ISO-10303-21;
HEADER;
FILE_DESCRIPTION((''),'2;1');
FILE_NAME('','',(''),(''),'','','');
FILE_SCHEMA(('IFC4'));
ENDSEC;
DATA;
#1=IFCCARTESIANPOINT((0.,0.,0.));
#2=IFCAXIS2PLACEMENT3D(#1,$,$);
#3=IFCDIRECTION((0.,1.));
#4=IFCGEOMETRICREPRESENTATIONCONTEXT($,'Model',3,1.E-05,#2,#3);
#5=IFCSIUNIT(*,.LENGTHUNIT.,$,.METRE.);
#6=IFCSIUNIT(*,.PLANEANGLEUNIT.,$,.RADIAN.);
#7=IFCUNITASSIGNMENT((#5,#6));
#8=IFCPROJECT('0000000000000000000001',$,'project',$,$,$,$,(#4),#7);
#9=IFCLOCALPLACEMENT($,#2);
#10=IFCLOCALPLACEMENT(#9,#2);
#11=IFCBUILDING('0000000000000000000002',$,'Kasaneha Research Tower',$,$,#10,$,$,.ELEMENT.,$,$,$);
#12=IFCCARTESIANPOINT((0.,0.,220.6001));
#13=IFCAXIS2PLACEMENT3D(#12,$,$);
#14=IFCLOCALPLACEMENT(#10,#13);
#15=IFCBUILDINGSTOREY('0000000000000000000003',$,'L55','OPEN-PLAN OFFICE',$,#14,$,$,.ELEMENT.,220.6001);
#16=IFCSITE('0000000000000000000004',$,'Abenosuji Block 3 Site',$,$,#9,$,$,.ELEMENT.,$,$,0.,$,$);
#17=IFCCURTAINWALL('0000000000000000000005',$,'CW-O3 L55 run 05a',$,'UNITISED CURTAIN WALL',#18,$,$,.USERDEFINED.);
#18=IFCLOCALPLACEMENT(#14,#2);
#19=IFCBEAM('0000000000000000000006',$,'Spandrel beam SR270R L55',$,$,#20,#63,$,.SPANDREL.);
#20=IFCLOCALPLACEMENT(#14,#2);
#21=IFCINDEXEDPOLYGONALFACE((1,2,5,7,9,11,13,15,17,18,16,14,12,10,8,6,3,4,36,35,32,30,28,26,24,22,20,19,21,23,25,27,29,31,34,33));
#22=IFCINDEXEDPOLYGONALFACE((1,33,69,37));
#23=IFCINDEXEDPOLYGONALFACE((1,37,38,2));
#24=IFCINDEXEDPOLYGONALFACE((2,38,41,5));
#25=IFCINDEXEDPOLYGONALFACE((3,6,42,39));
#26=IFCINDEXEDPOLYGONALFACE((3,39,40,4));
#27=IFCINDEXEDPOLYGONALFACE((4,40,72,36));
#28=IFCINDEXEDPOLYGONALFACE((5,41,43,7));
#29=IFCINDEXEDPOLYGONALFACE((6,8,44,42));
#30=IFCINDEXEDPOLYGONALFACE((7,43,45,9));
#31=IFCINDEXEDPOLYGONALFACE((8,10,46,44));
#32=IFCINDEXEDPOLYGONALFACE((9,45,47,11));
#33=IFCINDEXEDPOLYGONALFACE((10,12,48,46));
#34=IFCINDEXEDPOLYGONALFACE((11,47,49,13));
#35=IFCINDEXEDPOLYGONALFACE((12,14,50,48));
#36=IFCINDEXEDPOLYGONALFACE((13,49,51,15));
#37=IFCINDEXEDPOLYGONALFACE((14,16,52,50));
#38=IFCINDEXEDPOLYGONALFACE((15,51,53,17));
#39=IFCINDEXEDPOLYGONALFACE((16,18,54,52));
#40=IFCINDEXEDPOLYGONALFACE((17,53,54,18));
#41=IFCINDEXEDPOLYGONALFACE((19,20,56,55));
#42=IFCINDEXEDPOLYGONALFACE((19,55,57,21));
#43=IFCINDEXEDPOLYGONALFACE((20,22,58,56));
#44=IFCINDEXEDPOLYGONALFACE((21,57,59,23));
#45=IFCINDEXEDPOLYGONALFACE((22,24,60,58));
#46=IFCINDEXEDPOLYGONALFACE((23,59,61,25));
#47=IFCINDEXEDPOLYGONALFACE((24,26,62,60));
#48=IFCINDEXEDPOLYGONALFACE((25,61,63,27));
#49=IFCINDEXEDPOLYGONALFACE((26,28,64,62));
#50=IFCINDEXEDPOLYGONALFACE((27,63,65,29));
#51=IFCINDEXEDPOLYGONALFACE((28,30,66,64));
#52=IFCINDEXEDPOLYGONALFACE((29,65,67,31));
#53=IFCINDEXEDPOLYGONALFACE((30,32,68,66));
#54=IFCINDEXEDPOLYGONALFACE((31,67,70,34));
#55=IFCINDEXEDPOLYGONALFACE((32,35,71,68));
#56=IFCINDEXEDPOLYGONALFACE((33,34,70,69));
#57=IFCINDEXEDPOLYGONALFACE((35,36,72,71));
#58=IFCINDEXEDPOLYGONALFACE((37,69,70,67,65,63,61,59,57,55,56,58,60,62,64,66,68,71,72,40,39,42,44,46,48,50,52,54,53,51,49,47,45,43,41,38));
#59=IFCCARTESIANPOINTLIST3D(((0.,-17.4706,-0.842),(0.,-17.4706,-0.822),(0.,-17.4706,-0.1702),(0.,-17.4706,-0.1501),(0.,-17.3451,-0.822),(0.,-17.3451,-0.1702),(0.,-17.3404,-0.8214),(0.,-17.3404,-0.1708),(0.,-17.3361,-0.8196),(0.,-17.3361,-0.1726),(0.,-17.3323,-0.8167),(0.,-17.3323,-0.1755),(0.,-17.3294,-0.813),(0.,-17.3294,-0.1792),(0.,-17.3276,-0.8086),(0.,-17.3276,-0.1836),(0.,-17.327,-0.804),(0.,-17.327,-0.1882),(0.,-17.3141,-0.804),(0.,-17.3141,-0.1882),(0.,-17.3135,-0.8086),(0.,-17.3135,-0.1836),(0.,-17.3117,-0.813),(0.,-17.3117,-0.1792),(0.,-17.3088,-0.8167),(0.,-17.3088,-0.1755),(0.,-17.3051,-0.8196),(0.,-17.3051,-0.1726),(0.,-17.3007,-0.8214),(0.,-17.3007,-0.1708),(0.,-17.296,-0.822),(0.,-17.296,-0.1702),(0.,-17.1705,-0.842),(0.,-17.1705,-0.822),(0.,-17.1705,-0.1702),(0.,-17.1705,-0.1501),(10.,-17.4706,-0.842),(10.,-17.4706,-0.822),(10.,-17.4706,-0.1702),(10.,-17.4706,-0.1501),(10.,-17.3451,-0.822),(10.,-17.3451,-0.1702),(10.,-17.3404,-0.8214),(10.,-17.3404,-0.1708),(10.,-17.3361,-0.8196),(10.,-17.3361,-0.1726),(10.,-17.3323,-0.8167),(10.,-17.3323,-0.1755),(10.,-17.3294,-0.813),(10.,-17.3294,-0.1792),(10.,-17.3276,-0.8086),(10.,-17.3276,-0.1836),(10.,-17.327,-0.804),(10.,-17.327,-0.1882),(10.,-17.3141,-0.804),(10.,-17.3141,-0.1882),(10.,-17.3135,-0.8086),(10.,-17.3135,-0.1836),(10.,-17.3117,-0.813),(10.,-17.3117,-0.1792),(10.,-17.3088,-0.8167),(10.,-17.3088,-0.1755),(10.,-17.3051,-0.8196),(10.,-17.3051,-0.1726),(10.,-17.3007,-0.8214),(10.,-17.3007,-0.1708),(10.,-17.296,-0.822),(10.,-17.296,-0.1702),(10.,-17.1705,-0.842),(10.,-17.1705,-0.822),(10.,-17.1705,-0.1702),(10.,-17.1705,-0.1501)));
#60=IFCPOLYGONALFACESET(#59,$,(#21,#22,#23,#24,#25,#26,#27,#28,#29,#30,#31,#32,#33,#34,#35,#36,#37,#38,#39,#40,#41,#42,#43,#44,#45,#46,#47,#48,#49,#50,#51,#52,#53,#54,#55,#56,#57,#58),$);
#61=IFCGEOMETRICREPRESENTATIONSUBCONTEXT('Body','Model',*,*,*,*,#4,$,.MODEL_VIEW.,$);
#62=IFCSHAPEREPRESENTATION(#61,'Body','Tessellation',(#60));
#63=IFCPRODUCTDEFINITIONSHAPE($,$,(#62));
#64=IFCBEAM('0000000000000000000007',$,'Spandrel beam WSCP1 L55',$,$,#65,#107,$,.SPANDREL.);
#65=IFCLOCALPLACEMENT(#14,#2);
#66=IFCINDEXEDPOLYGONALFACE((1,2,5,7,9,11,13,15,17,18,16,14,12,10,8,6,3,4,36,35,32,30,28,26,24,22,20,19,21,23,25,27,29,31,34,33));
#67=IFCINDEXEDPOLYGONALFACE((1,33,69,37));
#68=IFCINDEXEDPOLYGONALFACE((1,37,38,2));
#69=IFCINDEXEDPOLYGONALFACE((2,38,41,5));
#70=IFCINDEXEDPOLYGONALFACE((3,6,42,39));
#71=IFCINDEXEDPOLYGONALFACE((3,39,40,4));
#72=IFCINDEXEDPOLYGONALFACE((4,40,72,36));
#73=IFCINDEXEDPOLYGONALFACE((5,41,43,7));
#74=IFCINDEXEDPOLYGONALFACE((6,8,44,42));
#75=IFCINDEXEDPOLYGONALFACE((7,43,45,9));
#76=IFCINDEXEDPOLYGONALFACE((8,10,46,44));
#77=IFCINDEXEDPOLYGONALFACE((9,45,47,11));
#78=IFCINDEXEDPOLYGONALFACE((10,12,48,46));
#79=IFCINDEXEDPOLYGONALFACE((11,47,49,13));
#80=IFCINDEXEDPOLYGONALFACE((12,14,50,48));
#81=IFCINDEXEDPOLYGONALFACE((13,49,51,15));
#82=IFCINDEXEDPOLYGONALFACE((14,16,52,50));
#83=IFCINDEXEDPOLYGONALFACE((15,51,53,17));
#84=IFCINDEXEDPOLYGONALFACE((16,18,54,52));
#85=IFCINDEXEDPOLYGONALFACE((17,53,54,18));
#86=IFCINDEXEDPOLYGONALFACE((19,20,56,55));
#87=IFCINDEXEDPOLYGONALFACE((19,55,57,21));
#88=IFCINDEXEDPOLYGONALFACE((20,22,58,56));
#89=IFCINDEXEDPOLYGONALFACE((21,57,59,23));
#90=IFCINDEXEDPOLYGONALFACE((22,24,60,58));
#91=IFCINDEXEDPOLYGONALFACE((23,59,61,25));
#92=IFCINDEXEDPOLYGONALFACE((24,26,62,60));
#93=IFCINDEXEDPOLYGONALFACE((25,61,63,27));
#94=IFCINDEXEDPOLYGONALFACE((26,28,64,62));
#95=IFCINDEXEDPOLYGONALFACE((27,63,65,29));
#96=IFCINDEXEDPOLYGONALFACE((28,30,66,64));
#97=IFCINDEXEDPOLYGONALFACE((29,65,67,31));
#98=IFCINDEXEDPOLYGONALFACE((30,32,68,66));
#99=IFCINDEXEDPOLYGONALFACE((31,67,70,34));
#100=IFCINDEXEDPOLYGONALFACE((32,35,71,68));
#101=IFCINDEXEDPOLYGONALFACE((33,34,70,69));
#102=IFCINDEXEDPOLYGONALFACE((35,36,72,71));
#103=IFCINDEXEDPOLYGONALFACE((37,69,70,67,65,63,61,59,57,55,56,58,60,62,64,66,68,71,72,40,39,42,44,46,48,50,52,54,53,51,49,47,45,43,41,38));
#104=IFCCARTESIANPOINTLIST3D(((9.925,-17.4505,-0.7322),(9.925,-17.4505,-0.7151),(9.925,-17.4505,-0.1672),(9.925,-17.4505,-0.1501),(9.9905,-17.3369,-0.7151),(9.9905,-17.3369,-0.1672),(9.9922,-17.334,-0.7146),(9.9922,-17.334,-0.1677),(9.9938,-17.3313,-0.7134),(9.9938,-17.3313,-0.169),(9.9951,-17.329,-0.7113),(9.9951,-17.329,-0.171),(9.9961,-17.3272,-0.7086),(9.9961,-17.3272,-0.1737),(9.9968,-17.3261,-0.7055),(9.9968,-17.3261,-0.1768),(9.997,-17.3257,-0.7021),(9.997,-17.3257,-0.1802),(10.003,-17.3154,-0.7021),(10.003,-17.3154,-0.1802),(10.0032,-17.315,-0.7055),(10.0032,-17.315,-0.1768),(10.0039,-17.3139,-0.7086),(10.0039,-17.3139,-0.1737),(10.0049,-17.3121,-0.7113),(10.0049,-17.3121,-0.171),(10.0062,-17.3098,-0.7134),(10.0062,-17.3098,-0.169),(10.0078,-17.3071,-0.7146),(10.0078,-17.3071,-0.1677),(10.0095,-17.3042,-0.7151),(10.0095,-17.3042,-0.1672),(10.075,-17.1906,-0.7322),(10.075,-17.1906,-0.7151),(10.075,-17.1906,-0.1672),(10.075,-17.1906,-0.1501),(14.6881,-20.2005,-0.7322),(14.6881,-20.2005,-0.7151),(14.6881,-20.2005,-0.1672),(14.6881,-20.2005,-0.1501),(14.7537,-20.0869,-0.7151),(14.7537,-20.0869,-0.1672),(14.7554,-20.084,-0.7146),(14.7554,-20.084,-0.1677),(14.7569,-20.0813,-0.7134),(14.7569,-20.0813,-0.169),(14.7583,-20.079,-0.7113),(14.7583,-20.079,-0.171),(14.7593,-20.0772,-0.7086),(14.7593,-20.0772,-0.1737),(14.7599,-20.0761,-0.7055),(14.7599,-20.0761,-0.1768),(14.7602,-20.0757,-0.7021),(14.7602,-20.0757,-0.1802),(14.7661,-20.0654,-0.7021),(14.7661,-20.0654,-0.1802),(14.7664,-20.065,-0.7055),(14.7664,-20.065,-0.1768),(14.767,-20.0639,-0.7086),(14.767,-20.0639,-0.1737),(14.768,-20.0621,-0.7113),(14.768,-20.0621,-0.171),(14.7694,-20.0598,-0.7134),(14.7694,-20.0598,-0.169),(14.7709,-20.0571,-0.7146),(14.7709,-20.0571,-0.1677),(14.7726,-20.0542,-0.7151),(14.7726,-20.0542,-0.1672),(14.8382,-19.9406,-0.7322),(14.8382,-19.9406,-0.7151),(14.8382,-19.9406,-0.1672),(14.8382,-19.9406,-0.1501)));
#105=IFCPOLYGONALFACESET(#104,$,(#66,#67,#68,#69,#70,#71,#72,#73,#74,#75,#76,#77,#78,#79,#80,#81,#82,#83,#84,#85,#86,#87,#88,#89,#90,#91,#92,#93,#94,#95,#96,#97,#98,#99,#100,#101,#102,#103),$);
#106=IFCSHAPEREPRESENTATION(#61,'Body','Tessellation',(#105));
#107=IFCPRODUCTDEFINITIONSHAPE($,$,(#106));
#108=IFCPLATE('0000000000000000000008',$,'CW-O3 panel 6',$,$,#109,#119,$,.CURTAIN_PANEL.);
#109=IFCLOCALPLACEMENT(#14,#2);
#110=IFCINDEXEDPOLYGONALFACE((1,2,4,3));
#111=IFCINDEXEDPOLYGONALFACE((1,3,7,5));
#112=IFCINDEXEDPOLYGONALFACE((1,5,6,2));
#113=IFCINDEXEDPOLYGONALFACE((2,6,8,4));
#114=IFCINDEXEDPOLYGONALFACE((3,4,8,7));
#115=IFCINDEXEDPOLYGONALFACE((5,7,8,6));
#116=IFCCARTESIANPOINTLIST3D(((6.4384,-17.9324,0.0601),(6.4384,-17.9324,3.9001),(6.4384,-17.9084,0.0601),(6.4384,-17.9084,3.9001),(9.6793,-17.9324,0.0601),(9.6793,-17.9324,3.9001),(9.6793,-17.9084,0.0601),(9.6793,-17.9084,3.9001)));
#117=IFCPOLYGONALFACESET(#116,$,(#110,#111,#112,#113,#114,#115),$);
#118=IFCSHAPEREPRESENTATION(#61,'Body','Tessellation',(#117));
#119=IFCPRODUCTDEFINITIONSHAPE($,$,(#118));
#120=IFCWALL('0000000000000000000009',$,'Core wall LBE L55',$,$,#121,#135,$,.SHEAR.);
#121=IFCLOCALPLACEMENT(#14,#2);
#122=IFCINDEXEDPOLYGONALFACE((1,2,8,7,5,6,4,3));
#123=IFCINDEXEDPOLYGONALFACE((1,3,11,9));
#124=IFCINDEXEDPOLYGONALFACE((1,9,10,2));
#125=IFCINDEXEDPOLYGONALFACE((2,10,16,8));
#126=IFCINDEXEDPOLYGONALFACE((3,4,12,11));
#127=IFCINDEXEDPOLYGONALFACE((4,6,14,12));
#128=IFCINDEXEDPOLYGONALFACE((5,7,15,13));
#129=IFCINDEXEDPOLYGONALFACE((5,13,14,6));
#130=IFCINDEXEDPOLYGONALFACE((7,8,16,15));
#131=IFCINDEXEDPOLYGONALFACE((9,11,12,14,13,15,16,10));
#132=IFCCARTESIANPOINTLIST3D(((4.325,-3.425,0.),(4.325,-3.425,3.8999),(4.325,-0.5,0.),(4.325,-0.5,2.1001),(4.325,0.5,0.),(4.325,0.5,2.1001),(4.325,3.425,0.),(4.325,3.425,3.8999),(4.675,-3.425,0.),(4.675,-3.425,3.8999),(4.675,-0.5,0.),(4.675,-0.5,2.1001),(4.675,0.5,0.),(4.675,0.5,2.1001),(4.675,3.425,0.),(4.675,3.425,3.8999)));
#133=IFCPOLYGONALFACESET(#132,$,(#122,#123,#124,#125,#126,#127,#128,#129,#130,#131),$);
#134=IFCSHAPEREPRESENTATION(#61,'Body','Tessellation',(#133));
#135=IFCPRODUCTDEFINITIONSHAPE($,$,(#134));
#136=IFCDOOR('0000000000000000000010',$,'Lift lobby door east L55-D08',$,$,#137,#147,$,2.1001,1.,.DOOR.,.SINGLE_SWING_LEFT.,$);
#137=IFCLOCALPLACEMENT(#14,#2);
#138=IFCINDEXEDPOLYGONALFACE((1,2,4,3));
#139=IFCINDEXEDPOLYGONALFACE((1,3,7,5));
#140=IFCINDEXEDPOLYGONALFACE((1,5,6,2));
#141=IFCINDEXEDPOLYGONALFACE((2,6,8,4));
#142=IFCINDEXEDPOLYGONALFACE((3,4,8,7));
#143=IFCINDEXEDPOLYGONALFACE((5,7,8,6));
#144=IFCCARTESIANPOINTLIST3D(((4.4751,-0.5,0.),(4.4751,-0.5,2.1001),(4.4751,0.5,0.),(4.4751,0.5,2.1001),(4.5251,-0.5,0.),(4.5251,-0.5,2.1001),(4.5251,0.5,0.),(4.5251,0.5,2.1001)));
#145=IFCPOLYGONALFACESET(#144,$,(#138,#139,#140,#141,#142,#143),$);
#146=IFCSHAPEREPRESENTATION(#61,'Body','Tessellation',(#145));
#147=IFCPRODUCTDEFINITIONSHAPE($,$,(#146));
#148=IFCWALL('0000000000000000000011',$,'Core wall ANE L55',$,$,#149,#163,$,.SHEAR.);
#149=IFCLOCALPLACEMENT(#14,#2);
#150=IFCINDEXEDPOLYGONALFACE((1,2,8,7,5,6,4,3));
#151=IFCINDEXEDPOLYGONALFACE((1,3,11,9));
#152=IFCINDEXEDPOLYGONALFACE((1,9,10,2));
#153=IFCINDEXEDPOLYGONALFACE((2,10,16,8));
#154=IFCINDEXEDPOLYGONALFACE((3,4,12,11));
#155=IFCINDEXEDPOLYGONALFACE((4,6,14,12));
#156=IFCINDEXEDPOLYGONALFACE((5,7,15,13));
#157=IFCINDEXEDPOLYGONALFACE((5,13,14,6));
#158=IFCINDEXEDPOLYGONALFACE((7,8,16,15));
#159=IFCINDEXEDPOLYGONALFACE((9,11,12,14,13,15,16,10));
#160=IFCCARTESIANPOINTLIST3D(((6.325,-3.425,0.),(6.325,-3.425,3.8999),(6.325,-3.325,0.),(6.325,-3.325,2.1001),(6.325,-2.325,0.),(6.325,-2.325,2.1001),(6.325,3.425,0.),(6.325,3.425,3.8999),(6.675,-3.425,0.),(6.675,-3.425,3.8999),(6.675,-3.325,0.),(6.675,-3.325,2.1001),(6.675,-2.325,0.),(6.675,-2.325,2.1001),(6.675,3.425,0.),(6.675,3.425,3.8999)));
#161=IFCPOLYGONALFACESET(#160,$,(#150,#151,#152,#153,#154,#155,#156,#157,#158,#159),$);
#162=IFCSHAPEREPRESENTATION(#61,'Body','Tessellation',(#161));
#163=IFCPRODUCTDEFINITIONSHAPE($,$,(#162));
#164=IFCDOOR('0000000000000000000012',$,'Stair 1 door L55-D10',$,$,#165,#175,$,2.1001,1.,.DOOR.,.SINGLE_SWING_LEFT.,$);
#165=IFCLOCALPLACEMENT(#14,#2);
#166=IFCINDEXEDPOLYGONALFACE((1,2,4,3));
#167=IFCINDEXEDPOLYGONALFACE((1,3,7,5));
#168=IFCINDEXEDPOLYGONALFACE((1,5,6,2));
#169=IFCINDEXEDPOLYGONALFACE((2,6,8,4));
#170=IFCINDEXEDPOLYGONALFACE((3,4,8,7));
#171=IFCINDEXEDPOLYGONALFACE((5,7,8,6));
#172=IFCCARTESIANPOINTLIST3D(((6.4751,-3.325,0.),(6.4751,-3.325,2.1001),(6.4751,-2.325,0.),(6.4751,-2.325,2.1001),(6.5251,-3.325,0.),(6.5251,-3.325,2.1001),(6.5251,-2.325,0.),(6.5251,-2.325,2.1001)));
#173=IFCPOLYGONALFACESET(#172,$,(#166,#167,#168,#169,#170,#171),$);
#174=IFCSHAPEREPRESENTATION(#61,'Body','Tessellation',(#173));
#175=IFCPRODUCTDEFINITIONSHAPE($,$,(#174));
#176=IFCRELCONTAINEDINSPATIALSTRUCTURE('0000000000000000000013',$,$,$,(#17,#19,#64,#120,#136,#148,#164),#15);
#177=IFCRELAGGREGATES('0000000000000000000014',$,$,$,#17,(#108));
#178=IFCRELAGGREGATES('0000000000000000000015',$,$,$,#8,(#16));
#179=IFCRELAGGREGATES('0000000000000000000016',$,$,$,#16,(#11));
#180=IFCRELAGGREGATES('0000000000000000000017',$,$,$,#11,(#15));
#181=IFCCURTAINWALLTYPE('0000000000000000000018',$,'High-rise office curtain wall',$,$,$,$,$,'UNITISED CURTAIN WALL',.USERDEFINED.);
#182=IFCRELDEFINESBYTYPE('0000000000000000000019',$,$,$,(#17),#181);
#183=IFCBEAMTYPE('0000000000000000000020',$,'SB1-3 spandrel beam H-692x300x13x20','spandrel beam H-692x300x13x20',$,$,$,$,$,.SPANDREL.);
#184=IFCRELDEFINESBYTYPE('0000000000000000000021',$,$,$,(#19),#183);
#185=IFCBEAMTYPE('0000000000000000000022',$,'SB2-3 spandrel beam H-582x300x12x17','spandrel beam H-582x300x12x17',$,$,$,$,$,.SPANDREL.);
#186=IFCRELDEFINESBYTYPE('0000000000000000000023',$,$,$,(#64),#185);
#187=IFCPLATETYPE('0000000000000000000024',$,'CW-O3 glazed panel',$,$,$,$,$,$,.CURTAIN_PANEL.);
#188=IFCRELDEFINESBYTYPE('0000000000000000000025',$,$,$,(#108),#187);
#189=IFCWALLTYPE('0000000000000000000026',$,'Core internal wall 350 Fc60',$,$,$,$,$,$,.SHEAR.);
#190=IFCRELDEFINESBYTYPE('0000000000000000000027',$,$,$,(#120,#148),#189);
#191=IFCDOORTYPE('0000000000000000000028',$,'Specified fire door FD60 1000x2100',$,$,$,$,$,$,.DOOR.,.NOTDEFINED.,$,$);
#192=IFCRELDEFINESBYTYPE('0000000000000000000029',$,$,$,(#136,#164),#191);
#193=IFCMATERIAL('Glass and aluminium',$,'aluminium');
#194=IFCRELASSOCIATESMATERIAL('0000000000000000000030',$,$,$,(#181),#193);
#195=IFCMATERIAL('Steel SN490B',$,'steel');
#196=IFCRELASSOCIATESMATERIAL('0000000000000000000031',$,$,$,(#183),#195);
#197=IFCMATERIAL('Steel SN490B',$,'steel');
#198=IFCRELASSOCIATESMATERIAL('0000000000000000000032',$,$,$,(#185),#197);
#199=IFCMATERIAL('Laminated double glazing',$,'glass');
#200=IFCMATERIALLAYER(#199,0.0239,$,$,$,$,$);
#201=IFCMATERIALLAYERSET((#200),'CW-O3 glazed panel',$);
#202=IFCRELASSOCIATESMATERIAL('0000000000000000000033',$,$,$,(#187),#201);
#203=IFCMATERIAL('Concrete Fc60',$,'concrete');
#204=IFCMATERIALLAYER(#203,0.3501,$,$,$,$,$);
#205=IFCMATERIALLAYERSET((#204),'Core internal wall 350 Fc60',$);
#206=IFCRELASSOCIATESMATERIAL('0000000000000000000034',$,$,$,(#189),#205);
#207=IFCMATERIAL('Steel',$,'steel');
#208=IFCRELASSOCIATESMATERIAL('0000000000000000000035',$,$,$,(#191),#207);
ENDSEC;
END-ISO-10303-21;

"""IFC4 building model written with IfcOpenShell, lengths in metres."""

from ifc_helpers import new_model, si_unit, direction, frame, frame_2d, origin, origin_2d, place, context, subcontext, project, spatial, rectangle, i_section, extrude, material, layer, layer_set, material_profile, profile_set, type_object, element, fill, aggregate, save


model = new_model("IFC4")

# Units and contexts
model_context = context("Model", 3, precision=1e-05, world=origin(), true_north=direction((0.0, 1.0)))
body_context = subcontext(model_context, "Body", "Model", "MODEL_VIEW")
ifc_project = project(units=[si_unit("LENGTHUNIT", "METRE"), si_unit("PLANEANGLEUNIT", "RADIAN")], contexts=[model_context])

# Site, building, storey
site_placement = place(None, origin())
site = spatial("IfcSite", under=ifc_project, at=site_placement, Name="Abenosuji Block 3 Site", CompositionType="ELEMENT", RefElevation=0.0)
building_placement = place(site_placement, origin())
building = spatial("IfcBuilding", under=site, at=building_placement, Name="Kasaneha Research Tower", CompositionType="ELEMENT")
storey_placement = place(building_placement, frame((0.0, 0.0, 220.6001)))
storey = spatial("IfcBuildingStorey", under=building, at=storey_placement, Name="L55", Description="OPEN-PLAN OFFICE", CompositionType="ELEMENT", Elevation=220.6001)

# Curtain wall
ifc_material_1 = material(Name="Glass and aluminium", Category="aluminium")
curtain_wall_type = type_object("IfcCurtainWallType", Name="High-rise office curtain wall", ElementType="UNITISED CURTAIN WALL", PredefinedType="USERDEFINED", material=ifc_material_1)
curtain_wall_placement = place(storey_placement, origin())
curtain_wall = element("IfcCurtainWall", 1, at=curtain_wall_placement, inside=storey, type_object=curtain_wall_type, Name="CW-O3 L55 run 05a", ObjectType="UNITISED CURTAIN WALL", PredefinedType="USERDEFINED")

# Beams
ifc_material_2 = material(Name="Steel SN490B", Category="steel")
ifc_material_profile_1 = material_profile(ifc_material_2, i_section(OverallWidth=0.3, OverallDepth=0.6919, WebThickness=0.0129, FlangeThickness=0.02, FilletRadius=0.0181, at=origin_2d()), Name="H-692x300x13x20")
ifc_profile_set_1 = profile_set([ifc_material_profile_1], Name="Steel SN490B")
beam_type_1 = type_object("IfcBeamType", Name="SB1-3 spandrel beam H-692x300x13x20", Description="spandrel beam H-692x300x13x20", PredefinedType="SPANDREL", material=ifc_profile_set_1)
beam_1_placement = place(storey_placement, frame((10.0, -17.3206, -0.4961), z_axis=(-1.0, 0.0, 0.0), x_axis=(0.0, -1.0, 0.0)))
element("IfcBeam", 2, at=beam_1_placement, inside=storey, type_object=beam_type_1, Name="Spandrel beam SR270R L55", PredefinedType="SPANDREL", context=body_context, shape_type="SweptSolid", body=[
    extrude(i_section(OverallWidth=0.3, OverallDepth=0.6919, WebThickness=0.0129, FlangeThickness=0.02, FilletRadius=0.0181, at=origin_2d()), origin(), (0.0, 0.0, 1.0), 10.0),
])
ifc_material_3 = material(Name="Steel SN490B", Category="steel")
ifc_material_profile_2 = material_profile(ifc_material_3, i_section(OverallWidth=0.3, OverallDepth=0.582, WebThickness=0.012, FlangeThickness=0.0171, FilletRadius=0.0129, at=origin_2d()), Name="H-582x300x12x17")
ifc_profile_set_2 = profile_set([ifc_material_profile_2], Name="Steel SN490B")
beam_type_2 = type_object("IfcBeamType", Name="SB2-3 spandrel beam H-582x300x12x17", Description="spandrel beam H-582x300x12x17", PredefinedType="SPANDREL", material=ifc_profile_set_2)
beam_2_placement = place(storey_placement, frame((10.0, -17.3206, -0.4412), z_axis=(0.866027, -0.499997, 0.0), x_axis=(0.499997, 0.866027, 0.0)))
element("IfcBeam", 3, at=beam_2_placement, inside=storey, type_object=beam_type_2, Name="Spandrel beam WSCP1 L55", PredefinedType="SPANDREL", context=body_context, shape_type="SweptSolid", body=[
    extrude(i_section(OverallWidth=0.3, OverallDepth=0.582, WebThickness=0.012, FlangeThickness=0.0171, FilletRadius=0.0129, at=origin_2d()), origin(), (0.0, 0.0, 1.0), 5.5),
])

# Plate
ifc_material_4 = material(Name="Laminated double glazing", Category="glass")
ifc_layer_1 = layer(ifc_material_4, 0.0239)
ifc_layer_set_1 = layer_set([ifc_layer_1], Name="CW-O3 glazed panel")
plate_type = type_object("IfcPlateType", Name="CW-O3 glazed panel", PredefinedType="CURTAIN_PANEL", material=ifc_layer_set_1)
plate_placement = place(storey_placement, frame((8.0588, -17.9204, 0.0601), z_axis=(0.0, 0.0, 1.0), x_axis=(1.0, 0.0, 0.0)))
plate = element("IfcPlate", 4, at=plate_placement, type_object=plate_type, Name="CW-O3 panel 6", PredefinedType="CURTAIN_PANEL", context=body_context, shape_type="SweptSolid", body=[
    extrude(rectangle(XDim=3.241, YDim=0.0239, at=origin_2d()), origin(), (0.0, 0.0, 1.0), 3.8401),
])
aggregate(curtain_wall, [plate])

# Walls, openings, doors
ifc_material_5 = material(Name="Concrete Fc60", Category="concrete")
ifc_layer_2 = layer(ifc_material_5, 0.3501)
ifc_layer_set_2 = layer_set([ifc_layer_2], Name="Core internal wall 350 Fc60")
wall_type_1 = type_object("IfcWallType", Name="Core internal wall 350 Fc60", PredefinedType="SHEAR", material=ifc_layer_set_2)
wall_1_placement = place(storey_placement, frame((4.5, -3.425, 0.0), z_axis=(0.0, 0.0, 1.0), x_axis=(0.0, 1.0, 0.0)))
wall_1 = element("IfcWall", 5, at=wall_1_placement, inside=storey, type_object=wall_type_1, Name="Core wall LBE L55", PredefinedType="SHEAR", context=body_context, shape_type="SweptSolid", body=[
    extrude(rectangle(XDim=6.8501, YDim=0.3501, at=frame_2d((3.425, 0.0))), origin(), (0.0, 0.0, 1.0), 3.8999),
])
opening_1_placement = place(wall_1_placement, frame((2.925, 0.0, 0.0)))
opening_1 = element("IfcOpeningElement", 6, at=opening_1_placement, cuts=wall_1, PredefinedType="OPENING", context=body_context, shape_type="SweptSolid", body=[
    extrude(rectangle(XDim=1.0, YDim=2.1001, at=frame_2d((0.5, 1.05))), frame((0.0, 0.1851, 0.0), z_axis=(0.0, -1.0, 0.0), x_axis=(1.0, 0.0, 0.0)), (0.0, 0.0, 1.0), 0.3701),
])
ifc_material_6 = material(Name="Steel", Category="steel")
door_type_1 = type_object("IfcDoorType", Name="Specified fire door FD60 1000x2100", OperationType="NOTDEFINED", PredefinedType="DOOR", material=ifc_material_6)
door_1_placement = place(opening_1_placement, origin())
door_1 = element("IfcDoor", 7, at=door_1_placement, inside=storey, type_object=door_type_1, Name="Lift lobby door east L55-D08", OperationType="SINGLE_SWING_LEFT", OverallHeight=2.1001, OverallWidth=1.0, PredefinedType="DOOR", context=body_context, shape_type="SweptSolid", body=[
    extrude(rectangle(XDim=1.0, YDim=2.1001, at=frame_2d((0.5, 1.05))), frame((0.0, 0.0249, 0.0), z_axis=(0.0, -1.0, 0.0), x_axis=(1.0, 0.0, 0.0)), (0.0, 0.0, 1.0), 0.05),
])
fill(opening_1, door_1)
wall_2_placement = place(storey_placement, frame((6.5, -3.425, 0.0), z_axis=(0.0, 0.0, 1.0), x_axis=(0.0, 1.0, 0.0)))
wall_2 = element("IfcWall", 8, at=wall_2_placement, inside=storey, type_object=wall_type_1, Name="Core wall ANE L55", PredefinedType="SHEAR", context=body_context, shape_type="SweptSolid", body=[
    extrude(rectangle(XDim=6.8501, YDim=0.3501, at=frame_2d((3.425, 0.0))), origin(), (0.0, 0.0, 1.0), 3.8999),
])
opening_2_placement = place(wall_2_placement, frame((0.1001, 0.0, 0.0)))
opening_2 = element("IfcOpeningElement", 9, at=opening_2_placement, cuts=wall_2, PredefinedType="OPENING", context=body_context, shape_type="SweptSolid", body=[
    extrude(rectangle(XDim=1.0, YDim=2.1001, at=frame_2d((0.5, 1.05))), frame((0.0, 0.1851, 0.0), z_axis=(0.0, -1.0, 0.0), x_axis=(1.0, 0.0, 0.0)), (0.0, 0.0, 1.0), 0.3701),
])
door_2_placement = place(opening_2_placement, origin())
door_2 = element("IfcDoor", 10, at=door_2_placement, inside=storey, type_object=door_type_1, Name="Stair 1 door L55-D10", OperationType="SINGLE_SWING_LEFT", OverallHeight=2.1001, OverallWidth=1.0, PredefinedType="DOOR", context=body_context, shape_type="SweptSolid", body=[
    extrude(rectangle(XDim=1.0, YDim=2.1001, at=frame_2d((0.5, 1.05))), frame((0.0, 0.0249, 0.0), z_axis=(0.0, -1.0, 0.0), x_axis=(1.0, 0.0, 0.0)), (0.0, 0.0, 1.0), 0.05),
])
fill(opening_2, door_2)

save(model, "model.ifc")
